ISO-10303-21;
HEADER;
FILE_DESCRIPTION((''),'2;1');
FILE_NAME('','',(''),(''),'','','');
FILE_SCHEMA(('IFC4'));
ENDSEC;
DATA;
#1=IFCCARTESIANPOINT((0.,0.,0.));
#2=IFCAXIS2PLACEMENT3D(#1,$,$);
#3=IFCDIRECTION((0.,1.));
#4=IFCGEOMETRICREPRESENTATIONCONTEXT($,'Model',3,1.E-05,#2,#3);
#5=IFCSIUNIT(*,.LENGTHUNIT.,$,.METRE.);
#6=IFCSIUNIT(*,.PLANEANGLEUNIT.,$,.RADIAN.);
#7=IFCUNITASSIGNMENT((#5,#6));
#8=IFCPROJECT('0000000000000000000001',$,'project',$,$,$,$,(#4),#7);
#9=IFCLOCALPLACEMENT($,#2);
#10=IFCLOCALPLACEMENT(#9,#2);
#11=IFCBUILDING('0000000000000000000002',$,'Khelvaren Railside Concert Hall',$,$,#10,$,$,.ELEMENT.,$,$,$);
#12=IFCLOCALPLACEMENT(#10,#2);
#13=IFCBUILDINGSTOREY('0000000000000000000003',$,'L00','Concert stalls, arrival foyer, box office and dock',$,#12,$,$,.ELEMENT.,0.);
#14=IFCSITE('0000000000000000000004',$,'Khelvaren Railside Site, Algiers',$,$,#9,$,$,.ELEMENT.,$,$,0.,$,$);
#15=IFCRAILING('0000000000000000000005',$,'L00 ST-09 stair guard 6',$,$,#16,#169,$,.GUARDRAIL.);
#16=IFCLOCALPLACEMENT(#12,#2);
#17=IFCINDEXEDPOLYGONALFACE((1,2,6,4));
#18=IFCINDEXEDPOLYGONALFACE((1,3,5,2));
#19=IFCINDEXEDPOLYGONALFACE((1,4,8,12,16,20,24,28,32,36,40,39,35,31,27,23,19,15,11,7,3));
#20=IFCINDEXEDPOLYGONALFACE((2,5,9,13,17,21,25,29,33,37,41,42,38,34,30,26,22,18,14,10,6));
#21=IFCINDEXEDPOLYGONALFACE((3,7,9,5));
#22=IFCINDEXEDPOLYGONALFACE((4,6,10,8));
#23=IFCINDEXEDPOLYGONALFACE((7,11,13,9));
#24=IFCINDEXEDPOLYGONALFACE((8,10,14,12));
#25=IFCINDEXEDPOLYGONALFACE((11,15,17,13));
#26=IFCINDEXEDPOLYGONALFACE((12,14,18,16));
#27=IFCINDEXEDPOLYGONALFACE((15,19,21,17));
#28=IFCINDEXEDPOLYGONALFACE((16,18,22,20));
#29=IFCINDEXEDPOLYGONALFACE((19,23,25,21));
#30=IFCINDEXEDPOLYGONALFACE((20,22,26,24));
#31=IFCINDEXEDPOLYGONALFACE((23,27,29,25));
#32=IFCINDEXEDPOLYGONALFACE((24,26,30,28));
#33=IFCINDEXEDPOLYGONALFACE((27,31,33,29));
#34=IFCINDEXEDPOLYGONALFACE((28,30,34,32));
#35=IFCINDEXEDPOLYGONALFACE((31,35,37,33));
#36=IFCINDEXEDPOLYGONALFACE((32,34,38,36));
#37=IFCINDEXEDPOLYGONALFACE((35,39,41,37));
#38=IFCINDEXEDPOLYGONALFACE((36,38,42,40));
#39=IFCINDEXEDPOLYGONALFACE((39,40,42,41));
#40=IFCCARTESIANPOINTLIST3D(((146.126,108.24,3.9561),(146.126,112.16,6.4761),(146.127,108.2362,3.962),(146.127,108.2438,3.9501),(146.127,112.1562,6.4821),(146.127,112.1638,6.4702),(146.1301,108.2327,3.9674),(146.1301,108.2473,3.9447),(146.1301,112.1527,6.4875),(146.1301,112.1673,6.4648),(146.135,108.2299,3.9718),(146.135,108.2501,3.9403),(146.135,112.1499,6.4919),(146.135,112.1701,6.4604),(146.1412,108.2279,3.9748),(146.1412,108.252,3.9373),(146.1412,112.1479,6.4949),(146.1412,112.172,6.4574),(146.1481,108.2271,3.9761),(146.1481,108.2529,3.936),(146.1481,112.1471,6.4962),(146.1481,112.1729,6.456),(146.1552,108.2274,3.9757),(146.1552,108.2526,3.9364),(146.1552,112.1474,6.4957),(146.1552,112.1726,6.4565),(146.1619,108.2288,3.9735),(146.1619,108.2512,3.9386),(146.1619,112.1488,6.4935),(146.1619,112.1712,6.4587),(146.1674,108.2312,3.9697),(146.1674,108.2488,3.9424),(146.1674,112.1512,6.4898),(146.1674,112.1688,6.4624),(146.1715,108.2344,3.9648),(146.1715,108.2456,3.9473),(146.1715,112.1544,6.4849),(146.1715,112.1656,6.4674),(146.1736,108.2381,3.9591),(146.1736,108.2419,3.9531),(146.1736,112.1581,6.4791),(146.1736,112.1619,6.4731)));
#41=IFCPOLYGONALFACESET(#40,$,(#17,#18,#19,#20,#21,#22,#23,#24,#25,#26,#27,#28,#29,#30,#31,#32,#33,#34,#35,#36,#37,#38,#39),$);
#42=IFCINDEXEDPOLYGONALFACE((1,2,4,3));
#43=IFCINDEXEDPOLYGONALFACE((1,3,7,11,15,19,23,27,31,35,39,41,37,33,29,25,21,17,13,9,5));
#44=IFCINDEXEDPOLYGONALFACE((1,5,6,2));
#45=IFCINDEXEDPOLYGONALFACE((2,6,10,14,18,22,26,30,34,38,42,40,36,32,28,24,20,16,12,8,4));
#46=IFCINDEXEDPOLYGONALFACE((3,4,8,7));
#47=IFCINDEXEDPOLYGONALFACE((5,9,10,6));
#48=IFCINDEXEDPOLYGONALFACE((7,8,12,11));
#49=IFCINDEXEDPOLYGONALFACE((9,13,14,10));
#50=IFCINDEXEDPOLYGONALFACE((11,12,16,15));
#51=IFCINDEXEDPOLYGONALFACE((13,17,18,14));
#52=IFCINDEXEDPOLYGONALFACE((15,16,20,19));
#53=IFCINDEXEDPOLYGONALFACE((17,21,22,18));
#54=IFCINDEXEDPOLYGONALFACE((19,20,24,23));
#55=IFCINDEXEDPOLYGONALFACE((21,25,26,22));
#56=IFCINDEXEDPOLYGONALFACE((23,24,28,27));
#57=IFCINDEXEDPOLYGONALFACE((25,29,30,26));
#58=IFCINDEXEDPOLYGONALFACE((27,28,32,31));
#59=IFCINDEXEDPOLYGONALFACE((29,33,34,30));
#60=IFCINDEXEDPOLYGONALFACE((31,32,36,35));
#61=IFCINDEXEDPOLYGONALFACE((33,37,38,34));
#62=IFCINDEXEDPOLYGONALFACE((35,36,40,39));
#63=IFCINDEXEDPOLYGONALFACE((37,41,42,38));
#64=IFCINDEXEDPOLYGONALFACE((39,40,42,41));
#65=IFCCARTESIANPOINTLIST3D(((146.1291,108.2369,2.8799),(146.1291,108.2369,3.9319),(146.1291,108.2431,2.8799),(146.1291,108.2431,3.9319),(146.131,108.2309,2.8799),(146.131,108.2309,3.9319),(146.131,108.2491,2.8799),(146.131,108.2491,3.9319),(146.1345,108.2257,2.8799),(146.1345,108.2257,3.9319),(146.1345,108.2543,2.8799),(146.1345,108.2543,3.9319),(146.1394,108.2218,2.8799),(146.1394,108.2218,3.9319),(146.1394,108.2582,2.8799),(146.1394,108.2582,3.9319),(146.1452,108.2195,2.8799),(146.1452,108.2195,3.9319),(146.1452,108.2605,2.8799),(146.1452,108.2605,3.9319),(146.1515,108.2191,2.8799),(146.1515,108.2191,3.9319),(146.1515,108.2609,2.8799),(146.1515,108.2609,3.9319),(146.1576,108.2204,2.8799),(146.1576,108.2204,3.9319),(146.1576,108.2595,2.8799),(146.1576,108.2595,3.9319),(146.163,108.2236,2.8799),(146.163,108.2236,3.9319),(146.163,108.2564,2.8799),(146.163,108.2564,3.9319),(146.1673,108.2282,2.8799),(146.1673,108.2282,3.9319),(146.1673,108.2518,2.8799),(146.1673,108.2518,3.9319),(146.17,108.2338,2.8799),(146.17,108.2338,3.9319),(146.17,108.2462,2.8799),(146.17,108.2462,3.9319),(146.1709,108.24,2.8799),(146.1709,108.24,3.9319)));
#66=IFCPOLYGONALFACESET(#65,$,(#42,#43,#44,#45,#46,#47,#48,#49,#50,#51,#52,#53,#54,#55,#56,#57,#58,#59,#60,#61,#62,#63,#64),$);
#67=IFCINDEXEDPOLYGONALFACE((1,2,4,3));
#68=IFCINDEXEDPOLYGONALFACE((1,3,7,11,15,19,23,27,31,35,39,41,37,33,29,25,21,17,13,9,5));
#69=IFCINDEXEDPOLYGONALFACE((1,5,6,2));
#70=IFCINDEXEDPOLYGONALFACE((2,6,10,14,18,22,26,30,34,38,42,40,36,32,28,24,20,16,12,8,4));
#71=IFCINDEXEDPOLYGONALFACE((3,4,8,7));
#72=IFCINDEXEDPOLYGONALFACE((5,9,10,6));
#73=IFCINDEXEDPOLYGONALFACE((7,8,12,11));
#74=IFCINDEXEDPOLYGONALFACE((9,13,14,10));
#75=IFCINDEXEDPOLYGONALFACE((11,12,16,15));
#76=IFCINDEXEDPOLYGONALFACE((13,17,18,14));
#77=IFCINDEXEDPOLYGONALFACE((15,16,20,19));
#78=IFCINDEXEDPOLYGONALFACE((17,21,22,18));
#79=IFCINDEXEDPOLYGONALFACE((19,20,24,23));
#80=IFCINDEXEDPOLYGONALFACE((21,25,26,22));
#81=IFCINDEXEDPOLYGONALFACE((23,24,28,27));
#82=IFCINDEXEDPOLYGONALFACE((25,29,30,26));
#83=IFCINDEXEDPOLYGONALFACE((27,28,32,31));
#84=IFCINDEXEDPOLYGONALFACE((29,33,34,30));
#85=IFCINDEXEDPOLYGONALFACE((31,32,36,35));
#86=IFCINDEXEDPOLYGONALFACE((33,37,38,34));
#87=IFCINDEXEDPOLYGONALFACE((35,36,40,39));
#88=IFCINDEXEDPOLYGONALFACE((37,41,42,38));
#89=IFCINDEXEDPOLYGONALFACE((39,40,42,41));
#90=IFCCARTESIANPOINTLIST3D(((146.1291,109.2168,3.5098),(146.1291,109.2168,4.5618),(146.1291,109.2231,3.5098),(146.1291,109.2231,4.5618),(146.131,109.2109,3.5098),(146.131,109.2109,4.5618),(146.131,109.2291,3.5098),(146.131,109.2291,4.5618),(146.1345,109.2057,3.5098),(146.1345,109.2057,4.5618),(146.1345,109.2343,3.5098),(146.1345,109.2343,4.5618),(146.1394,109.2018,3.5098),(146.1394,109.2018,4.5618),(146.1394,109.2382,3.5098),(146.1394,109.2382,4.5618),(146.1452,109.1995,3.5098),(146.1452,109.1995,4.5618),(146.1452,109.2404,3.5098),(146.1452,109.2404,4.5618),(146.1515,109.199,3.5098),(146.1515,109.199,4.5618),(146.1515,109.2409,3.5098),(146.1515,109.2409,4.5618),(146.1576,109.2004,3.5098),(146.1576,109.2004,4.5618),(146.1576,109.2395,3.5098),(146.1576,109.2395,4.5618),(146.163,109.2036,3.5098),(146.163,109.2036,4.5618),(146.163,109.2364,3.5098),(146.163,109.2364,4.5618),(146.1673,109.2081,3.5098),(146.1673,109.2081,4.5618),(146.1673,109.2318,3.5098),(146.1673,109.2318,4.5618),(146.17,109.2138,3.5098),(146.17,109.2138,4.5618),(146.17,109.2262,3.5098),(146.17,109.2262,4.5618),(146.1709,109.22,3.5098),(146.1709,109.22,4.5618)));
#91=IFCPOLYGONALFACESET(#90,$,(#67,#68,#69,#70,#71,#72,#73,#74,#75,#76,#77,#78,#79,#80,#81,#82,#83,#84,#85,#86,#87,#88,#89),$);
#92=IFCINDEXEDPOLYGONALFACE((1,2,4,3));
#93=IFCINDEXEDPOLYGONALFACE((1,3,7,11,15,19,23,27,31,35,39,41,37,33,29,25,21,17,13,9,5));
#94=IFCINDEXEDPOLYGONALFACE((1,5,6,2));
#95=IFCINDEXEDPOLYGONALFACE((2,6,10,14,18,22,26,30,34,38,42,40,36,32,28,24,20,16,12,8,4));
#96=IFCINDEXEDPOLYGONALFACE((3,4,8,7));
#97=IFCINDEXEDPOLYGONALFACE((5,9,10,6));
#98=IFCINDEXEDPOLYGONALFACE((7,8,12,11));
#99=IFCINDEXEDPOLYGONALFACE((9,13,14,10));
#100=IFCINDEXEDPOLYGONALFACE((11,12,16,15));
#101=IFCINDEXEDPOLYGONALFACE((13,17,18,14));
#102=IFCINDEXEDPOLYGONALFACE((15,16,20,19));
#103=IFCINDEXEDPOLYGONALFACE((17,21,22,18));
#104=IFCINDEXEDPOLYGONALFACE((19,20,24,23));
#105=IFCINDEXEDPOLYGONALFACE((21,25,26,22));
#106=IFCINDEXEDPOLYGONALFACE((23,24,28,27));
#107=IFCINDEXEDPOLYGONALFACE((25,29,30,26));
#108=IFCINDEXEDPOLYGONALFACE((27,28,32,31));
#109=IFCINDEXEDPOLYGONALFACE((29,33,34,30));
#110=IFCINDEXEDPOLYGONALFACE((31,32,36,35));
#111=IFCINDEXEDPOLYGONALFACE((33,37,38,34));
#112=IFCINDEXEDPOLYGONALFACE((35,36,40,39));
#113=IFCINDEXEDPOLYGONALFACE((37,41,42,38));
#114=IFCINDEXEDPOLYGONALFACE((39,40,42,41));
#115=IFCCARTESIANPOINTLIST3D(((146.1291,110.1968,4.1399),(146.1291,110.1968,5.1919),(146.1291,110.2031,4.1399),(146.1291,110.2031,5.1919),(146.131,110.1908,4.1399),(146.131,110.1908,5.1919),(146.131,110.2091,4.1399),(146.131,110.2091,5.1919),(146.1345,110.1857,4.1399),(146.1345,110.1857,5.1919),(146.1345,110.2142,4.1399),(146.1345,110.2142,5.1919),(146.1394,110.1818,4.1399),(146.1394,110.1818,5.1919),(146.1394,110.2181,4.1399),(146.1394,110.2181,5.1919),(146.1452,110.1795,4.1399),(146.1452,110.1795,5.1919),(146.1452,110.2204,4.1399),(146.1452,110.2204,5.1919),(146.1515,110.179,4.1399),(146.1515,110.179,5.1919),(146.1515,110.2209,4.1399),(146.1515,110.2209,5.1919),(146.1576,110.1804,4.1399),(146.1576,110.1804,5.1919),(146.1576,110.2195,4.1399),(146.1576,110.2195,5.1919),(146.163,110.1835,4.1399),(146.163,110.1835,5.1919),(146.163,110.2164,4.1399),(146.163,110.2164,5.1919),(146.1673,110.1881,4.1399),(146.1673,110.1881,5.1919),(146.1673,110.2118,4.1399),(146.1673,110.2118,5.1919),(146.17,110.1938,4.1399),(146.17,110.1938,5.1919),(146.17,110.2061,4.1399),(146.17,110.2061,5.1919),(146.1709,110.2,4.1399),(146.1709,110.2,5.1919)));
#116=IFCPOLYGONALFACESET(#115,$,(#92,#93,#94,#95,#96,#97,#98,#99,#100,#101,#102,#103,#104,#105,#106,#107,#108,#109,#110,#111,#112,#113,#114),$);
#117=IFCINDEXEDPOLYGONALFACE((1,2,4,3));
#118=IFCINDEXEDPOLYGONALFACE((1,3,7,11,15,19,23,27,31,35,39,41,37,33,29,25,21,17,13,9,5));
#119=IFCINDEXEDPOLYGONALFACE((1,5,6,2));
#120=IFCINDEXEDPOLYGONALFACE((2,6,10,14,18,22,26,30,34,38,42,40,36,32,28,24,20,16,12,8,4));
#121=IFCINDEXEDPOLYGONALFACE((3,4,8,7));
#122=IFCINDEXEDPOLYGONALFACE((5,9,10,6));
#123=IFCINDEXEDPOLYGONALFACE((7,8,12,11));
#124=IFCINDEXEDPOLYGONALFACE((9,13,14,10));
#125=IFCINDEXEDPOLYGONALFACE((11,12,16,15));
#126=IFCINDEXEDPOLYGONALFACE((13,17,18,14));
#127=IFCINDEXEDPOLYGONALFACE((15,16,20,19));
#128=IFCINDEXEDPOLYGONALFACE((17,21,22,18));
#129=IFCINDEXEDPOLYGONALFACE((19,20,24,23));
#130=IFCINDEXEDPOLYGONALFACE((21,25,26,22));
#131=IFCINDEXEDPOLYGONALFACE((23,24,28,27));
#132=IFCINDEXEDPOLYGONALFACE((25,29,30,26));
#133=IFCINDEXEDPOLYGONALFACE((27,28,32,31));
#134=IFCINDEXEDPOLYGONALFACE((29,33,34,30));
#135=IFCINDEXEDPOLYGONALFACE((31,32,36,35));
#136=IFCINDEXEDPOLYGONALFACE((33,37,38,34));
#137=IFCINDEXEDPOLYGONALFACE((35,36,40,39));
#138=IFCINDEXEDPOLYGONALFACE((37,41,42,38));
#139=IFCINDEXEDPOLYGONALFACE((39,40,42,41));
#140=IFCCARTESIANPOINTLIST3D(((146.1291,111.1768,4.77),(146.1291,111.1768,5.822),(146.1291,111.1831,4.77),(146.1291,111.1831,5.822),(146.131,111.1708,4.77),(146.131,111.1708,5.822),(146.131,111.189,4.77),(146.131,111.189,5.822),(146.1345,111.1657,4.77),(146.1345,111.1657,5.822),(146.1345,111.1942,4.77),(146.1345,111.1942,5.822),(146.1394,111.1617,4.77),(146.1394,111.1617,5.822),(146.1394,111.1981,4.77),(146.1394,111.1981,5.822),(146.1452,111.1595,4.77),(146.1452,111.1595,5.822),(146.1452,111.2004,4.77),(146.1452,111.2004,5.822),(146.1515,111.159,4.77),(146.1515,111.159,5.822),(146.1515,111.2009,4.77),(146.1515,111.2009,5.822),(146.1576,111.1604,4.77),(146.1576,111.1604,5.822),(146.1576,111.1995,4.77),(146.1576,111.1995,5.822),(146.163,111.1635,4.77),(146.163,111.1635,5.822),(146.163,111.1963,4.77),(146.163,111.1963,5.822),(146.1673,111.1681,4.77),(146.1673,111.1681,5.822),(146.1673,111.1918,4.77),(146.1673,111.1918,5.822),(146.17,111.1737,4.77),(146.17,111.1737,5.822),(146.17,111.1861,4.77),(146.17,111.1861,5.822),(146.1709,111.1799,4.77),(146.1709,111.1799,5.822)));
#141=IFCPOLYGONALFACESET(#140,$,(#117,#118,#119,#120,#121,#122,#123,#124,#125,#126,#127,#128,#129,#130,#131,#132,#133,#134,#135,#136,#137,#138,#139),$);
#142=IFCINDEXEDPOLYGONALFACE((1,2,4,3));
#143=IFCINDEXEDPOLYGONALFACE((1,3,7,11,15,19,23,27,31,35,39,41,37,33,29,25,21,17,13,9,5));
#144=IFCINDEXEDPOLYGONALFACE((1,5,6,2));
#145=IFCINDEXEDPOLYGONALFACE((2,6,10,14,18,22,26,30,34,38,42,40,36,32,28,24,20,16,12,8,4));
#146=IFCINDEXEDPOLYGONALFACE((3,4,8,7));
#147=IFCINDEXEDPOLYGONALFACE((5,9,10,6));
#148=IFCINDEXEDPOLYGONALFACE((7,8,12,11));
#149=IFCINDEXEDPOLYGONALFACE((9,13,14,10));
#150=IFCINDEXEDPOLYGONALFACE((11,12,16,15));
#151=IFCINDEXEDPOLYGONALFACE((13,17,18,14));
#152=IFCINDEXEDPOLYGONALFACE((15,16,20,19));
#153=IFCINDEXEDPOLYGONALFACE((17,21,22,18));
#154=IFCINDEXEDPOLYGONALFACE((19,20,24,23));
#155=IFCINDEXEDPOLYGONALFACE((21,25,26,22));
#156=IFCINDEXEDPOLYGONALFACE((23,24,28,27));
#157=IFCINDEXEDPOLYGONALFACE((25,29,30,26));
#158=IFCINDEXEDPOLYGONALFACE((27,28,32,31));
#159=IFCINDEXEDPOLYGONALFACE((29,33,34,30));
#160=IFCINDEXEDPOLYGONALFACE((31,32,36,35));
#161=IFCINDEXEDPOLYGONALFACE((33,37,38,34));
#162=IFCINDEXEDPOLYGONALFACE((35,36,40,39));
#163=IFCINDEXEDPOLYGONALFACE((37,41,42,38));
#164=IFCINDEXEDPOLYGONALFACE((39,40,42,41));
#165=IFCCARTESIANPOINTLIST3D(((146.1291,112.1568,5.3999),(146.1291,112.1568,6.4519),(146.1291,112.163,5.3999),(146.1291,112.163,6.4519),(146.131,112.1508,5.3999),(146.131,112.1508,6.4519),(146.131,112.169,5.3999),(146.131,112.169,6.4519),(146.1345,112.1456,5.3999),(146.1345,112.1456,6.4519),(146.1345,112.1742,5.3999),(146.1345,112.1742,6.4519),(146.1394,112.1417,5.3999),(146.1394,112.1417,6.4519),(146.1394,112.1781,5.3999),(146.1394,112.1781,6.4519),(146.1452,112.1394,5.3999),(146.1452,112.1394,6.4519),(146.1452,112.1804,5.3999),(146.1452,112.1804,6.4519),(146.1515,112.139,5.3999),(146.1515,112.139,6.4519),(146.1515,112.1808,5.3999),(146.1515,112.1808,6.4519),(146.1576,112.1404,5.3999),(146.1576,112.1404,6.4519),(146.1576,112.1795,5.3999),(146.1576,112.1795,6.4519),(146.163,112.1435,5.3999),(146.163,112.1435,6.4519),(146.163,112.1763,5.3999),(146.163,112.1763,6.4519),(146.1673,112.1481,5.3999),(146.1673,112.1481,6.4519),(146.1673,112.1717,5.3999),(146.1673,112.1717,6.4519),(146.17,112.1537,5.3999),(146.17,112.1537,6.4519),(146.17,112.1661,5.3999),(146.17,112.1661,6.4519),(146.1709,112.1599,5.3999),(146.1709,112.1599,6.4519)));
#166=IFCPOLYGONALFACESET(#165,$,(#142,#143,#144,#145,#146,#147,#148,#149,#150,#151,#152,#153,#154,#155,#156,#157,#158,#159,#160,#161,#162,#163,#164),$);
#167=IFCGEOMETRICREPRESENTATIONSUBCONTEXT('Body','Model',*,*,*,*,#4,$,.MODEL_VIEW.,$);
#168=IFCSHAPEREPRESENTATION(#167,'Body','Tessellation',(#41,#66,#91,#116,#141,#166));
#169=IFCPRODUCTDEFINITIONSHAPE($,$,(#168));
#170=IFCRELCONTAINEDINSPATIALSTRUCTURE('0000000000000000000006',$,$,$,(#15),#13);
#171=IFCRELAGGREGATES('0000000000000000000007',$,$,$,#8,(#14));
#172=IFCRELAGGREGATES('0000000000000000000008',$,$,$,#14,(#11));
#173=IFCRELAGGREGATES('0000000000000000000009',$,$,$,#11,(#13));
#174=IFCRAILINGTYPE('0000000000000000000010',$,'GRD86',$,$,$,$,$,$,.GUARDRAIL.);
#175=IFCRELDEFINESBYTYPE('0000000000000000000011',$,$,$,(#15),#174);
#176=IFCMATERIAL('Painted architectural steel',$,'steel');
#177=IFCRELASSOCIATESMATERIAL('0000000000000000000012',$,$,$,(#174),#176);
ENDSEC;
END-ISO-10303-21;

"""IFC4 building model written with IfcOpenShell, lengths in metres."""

from ifc_helpers import new_model, si_unit, direction, frame, origin, origin_2d, place, context, subcontext, project, spatial, circle, extrude, material, type_object, element, save


model = new_model("IFC4")

# Units and contexts
model_context = context("Model", 3, precision=1e-05, world=origin(), true_north=direction((0.0, 1.0)))
body_context = subcontext(model_context, "Body", "Model", "MODEL_VIEW")
ifc_project = project(units=[si_unit("LENGTHUNIT", "METRE"), si_unit("PLANEANGLEUNIT", "RADIAN")], contexts=[model_context])

# Site, building, storey
site_placement = place(None, origin())
site = spatial("IfcSite", under=ifc_project, at=site_placement, Name="Khelvaren Railside Site, Algiers", CompositionType="ELEMENT", RefElevation=0.0)
building_placement = place(site_placement, origin())
building = spatial("IfcBuilding", under=site, at=building_placement, Name="Khelvaren Railside Concert Hall", CompositionType="ELEMENT")
storey_placement = place(building_placement, origin())
storey = spatial("IfcBuildingStorey", under=building, at=storey_placement, Name="L00", Description="Concert stalls, arrival foyer, box office and dock", CompositionType="ELEMENT", Elevation=0.0)

# Railing
ifc_material_1 = material(Name="Painted architectural steel", Category="steel")
railing_type_1 = type_object("IfcRailingType", Name="GRD86", PredefinedType="GUARDRAIL", material=ifc_material_1)
railing_1_placement = place(storey_placement, frame((146.1499, 108.24, 2.8799)))
element("IfcRailing", 1, at=railing_1_placement, inside=storey, type_object=railing_type_1, Name="L00 ST-09 stair guard 6", PredefinedType="GUARDRAIL", context=body_context, shape_type="SweptSolid", body=[
    extrude(circle(Radius=0.0239, at=origin_2d()), frame((0.0, 0.0, 1.0762), z_axis=(0.0, 0.841172, 0.540768), x_axis=(-1.0, 0.0, 0.0)), (0.0, 0.0, 1.0), 4.6602),
    extrude(circle(Radius=0.021, at=origin_2d()), origin(), (0.0, 0.0, 1.0), 1.052),
    extrude(circle(Radius=0.021, at=origin_2d()), frame((0.0, 0.98, 0.6299)), (0.0, 0.0, 1.0), 1.052),
    extrude(circle(Radius=0.021, at=origin_2d()), frame((0.0, 1.96, 1.26)), (0.0, 0.0, 1.0), 1.052),
    extrude(circle(Radius=0.021, at=origin_2d()), frame((0.0, 2.9399, 1.8901)), (0.0, 0.0, 1.0), 1.052),
    extrude(circle(Radius=0.021, at=origin_2d()), frame((0.0, 3.9199, 2.52)), (0.0, 0.0, 1.0), 1.052),
])

save(model, "model.ifc")
